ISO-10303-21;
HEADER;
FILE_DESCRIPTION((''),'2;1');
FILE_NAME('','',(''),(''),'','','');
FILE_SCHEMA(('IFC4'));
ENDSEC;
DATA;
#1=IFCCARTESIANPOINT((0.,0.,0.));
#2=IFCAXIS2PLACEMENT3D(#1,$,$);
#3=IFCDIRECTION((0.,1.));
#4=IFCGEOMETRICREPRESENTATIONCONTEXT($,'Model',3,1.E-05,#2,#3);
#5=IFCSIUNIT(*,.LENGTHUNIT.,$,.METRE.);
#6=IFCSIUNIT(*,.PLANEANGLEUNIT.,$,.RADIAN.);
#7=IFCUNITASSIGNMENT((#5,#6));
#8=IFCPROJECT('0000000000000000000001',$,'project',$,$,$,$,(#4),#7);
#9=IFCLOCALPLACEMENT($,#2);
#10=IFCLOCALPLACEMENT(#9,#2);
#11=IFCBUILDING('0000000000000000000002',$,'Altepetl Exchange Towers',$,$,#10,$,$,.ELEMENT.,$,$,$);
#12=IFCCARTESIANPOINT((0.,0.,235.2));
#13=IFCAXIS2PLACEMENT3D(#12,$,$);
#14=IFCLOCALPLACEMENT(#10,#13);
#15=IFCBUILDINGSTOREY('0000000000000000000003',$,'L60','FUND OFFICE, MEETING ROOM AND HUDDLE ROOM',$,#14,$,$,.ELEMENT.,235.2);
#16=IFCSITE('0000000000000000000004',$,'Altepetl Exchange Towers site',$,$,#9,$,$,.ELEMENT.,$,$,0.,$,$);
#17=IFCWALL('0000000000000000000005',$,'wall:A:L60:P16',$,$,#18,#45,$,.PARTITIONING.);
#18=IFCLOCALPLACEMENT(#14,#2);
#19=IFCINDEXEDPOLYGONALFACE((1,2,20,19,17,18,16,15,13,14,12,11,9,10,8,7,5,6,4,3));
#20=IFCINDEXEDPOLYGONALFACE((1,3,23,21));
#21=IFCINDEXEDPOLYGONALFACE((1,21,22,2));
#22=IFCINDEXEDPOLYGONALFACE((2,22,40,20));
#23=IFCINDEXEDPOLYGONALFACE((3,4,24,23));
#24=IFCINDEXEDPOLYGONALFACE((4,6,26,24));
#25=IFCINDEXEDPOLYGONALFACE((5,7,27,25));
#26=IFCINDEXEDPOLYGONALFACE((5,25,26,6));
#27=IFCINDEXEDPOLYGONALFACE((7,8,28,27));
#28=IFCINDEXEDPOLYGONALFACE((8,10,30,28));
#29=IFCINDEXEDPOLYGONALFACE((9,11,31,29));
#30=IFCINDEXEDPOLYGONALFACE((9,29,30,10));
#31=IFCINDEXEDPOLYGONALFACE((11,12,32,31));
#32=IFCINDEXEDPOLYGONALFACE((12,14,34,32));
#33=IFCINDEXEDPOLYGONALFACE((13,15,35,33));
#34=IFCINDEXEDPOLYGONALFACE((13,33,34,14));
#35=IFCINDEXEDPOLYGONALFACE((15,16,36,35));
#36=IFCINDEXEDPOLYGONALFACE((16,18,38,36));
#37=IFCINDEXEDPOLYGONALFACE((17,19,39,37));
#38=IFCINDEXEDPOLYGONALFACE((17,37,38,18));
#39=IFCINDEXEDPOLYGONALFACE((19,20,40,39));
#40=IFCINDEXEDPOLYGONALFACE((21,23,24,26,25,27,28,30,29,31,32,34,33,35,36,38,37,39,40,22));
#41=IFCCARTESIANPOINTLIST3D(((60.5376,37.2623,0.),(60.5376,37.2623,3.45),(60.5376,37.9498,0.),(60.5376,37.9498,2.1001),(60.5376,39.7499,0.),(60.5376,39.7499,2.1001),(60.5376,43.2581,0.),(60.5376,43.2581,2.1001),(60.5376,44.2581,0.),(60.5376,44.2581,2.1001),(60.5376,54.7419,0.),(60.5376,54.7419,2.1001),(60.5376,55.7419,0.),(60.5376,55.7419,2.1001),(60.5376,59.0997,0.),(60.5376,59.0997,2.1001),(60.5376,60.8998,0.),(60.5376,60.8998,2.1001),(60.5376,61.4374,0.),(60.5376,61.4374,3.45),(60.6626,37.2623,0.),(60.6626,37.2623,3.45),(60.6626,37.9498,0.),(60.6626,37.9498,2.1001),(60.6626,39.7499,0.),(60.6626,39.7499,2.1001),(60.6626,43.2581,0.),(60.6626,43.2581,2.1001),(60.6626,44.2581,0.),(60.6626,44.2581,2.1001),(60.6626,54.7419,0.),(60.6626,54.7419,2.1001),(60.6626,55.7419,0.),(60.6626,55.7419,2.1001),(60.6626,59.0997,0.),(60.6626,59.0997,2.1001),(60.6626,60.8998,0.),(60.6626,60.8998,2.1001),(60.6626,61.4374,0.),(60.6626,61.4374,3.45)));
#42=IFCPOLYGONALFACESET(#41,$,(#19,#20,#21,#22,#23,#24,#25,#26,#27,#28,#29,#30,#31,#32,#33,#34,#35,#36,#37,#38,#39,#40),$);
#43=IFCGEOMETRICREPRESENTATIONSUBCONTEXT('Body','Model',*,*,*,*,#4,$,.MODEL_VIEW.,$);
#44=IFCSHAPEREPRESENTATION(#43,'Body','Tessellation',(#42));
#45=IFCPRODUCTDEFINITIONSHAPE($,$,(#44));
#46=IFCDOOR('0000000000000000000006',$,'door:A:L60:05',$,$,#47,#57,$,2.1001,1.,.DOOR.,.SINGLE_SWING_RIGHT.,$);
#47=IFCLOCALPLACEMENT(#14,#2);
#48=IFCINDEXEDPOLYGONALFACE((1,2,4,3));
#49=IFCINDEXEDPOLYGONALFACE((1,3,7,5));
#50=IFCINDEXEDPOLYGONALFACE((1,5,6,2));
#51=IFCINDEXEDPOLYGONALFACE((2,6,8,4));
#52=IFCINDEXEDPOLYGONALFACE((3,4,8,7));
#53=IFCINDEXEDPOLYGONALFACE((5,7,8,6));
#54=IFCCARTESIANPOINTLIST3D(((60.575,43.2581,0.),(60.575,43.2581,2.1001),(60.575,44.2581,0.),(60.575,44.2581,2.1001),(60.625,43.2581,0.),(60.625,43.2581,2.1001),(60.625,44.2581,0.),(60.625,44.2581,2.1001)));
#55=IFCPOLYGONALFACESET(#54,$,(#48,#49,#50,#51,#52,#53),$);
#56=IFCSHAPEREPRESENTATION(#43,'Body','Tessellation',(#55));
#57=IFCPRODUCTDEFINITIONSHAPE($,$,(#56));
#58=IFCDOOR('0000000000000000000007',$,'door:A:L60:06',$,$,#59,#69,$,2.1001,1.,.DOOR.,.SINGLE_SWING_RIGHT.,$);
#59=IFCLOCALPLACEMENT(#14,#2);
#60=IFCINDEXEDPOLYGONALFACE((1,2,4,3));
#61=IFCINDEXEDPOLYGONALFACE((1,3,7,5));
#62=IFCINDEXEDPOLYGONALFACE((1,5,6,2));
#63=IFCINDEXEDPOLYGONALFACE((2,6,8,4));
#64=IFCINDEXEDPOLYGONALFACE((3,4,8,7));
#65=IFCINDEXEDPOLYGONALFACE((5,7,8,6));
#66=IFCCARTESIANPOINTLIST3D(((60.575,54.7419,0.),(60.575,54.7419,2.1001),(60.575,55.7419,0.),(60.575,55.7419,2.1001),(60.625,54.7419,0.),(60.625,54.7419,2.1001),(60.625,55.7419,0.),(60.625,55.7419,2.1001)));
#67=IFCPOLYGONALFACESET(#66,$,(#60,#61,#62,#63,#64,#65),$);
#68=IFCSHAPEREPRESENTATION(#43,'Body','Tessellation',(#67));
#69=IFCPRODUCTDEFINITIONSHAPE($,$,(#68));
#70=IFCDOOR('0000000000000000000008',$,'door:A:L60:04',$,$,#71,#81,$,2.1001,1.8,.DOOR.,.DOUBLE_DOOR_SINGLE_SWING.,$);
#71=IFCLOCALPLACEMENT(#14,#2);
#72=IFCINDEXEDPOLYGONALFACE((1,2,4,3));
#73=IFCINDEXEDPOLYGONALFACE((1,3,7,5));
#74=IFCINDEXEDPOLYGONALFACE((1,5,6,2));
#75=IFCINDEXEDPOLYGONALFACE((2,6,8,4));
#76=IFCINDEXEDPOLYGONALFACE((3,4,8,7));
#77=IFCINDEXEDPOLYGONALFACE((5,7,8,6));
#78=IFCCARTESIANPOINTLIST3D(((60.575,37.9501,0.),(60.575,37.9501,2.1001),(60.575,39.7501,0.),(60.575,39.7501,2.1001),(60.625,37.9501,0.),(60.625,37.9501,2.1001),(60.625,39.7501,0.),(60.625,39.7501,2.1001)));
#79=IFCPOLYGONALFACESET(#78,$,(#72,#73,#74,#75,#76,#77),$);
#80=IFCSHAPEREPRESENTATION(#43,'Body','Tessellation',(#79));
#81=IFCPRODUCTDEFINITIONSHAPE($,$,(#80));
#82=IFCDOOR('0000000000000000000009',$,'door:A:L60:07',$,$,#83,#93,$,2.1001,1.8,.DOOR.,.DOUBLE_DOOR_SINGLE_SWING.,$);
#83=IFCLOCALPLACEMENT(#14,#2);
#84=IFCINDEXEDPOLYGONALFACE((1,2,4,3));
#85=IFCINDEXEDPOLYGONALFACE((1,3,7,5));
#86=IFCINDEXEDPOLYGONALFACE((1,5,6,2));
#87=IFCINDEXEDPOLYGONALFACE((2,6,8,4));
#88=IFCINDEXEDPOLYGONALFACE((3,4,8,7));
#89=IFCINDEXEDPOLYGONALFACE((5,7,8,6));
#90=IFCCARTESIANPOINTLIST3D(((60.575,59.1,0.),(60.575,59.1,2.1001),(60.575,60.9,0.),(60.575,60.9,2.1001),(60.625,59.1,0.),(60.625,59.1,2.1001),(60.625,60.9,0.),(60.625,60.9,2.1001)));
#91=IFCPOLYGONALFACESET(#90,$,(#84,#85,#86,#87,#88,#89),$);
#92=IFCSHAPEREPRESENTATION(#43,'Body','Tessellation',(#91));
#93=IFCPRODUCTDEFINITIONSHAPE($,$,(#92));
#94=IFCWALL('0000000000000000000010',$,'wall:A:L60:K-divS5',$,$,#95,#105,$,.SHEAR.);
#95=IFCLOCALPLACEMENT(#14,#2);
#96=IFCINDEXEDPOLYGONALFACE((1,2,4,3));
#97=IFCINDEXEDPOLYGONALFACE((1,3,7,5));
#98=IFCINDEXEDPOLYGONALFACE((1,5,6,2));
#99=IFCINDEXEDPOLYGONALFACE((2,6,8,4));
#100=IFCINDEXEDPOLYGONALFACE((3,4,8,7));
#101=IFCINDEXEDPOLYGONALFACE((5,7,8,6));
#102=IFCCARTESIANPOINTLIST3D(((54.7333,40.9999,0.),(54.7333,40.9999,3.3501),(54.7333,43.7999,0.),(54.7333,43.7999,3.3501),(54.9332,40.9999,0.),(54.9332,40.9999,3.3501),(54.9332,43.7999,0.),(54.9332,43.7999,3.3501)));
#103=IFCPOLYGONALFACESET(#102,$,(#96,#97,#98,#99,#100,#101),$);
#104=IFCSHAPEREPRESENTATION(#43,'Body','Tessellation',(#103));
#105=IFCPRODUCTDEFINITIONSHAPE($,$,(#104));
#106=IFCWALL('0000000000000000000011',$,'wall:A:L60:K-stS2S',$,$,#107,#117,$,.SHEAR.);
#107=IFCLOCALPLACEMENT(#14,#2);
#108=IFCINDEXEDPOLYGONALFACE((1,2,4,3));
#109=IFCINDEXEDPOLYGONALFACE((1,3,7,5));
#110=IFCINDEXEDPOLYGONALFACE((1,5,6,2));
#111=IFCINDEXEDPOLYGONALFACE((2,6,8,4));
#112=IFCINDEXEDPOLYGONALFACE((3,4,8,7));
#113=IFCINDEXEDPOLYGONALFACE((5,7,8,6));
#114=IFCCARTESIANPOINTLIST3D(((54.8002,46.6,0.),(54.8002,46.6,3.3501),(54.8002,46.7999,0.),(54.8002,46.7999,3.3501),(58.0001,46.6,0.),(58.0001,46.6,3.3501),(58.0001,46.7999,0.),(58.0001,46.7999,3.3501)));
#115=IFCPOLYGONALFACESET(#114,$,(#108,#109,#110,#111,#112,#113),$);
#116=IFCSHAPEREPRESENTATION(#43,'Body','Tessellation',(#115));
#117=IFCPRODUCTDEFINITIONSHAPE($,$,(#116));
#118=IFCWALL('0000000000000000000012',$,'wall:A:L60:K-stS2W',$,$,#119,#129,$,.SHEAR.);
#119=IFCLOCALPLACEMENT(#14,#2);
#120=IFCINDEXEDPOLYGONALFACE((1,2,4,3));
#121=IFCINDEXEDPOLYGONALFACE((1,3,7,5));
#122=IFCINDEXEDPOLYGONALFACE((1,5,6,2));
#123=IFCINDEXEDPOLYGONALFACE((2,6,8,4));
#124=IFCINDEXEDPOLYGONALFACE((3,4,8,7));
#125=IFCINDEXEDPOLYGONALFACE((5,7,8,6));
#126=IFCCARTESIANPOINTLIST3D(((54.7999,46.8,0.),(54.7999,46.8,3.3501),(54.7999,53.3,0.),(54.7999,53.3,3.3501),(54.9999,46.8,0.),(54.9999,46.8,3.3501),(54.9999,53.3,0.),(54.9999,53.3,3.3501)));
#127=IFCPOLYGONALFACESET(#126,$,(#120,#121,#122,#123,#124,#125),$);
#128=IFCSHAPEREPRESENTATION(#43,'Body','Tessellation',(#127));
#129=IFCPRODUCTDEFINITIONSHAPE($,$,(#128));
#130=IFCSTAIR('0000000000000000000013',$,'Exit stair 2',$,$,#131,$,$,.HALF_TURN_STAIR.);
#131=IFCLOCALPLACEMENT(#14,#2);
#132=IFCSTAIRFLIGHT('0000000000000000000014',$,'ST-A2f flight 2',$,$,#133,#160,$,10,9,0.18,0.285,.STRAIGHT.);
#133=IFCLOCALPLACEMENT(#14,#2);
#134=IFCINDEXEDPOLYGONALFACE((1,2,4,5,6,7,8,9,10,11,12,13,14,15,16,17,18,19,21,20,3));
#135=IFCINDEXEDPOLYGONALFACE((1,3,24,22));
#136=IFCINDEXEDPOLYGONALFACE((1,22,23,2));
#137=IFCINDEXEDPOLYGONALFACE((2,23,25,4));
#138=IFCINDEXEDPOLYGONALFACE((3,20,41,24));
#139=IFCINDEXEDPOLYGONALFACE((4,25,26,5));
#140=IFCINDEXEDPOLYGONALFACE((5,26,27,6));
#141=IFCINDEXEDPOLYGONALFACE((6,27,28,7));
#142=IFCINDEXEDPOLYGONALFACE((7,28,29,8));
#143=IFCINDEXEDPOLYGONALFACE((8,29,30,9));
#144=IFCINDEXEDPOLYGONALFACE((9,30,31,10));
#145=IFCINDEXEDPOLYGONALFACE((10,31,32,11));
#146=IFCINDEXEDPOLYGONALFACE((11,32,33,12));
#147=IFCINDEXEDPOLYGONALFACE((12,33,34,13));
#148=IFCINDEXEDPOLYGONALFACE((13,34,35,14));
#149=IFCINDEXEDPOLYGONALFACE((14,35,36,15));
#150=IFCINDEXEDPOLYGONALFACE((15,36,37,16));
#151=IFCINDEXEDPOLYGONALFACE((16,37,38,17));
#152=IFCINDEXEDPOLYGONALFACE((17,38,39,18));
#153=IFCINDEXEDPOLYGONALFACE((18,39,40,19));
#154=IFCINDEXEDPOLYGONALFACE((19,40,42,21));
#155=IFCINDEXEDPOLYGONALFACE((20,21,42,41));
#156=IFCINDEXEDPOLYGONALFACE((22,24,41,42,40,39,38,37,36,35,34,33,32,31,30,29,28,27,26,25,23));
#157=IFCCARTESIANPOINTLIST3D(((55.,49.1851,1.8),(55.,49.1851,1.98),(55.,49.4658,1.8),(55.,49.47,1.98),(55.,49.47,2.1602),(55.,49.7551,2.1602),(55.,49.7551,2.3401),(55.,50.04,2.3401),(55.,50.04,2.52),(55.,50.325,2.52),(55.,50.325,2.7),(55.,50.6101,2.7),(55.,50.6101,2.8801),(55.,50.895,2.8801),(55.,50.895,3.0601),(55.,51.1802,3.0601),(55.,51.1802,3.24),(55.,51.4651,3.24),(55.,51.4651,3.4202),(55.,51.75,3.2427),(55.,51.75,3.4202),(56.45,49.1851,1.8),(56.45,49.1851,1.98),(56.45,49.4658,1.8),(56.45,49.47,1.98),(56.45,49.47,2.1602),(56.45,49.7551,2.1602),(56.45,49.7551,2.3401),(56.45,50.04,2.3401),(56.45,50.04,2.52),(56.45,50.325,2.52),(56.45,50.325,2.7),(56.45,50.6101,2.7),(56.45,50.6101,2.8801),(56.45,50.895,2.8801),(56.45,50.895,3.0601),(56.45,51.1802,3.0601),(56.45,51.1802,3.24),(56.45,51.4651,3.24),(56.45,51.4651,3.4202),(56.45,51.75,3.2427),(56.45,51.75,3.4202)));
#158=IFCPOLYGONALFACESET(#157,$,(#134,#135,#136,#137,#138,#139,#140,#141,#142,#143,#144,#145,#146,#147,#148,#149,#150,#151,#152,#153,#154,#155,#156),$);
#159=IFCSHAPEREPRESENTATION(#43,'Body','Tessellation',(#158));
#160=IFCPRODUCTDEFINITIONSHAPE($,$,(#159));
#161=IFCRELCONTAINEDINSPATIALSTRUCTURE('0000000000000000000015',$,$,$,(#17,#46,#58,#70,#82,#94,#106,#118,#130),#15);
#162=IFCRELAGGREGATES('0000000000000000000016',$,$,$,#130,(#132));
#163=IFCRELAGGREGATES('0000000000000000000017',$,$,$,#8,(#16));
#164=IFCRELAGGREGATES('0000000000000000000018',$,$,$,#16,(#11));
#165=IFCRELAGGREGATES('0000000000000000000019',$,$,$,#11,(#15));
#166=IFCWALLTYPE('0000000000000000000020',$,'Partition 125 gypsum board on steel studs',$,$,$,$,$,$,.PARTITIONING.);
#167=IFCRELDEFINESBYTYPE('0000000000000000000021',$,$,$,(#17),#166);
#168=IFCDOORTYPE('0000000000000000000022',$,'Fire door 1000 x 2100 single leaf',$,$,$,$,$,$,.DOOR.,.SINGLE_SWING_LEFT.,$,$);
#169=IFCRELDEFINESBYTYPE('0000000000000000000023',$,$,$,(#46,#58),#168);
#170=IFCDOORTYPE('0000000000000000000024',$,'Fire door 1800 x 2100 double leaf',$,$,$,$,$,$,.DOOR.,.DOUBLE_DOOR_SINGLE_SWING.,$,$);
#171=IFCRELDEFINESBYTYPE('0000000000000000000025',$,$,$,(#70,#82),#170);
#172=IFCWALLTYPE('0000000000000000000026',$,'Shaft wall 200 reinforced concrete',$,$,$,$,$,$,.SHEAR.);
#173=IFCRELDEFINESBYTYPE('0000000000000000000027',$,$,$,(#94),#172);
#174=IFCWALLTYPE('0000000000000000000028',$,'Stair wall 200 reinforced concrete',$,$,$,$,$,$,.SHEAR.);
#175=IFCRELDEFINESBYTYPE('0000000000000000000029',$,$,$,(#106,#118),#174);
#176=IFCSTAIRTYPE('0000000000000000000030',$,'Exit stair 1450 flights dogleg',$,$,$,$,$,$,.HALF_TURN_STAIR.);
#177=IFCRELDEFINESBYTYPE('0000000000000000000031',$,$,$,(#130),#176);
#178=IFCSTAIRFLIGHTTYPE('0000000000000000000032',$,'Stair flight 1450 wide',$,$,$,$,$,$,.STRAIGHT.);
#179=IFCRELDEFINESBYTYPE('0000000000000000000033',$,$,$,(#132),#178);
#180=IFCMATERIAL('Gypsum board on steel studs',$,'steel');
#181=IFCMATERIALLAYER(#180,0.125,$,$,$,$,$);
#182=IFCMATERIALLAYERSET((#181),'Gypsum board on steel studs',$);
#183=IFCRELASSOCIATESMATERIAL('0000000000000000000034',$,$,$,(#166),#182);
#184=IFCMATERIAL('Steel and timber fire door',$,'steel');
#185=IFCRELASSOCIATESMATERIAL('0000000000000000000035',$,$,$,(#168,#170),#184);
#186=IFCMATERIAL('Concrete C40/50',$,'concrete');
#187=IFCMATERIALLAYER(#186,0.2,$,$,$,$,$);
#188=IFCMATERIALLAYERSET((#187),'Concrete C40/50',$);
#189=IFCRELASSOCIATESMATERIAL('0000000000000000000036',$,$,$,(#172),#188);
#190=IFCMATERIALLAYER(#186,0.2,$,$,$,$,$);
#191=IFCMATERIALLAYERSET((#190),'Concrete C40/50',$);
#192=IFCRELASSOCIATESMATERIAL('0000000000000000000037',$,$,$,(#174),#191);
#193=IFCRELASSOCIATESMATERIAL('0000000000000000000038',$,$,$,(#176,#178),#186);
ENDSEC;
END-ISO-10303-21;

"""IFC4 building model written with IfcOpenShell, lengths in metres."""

from ifc_helpers import new_model, si_unit, direction, frame, frame_2d, origin, place, context, subcontext, project, spatial, polyline, rectangle, outline, extrude, material, layer, layer_set, type_object, element, fill, aggregate, save


model = new_model("IFC4")

# Units and contexts
model_context = context("Model", 3, precision=1e-05, world=origin(), true_north=direction((0.0, 1.0)))
body_context = subcontext(model_context, "Body", "Model", "MODEL_VIEW")
ifc_project = project(units=[si_unit("LENGTHUNIT", "METRE"), si_unit("PLANEANGLEUNIT", "RADIAN")], contexts=[model_context])

# Site, building, storey
site_placement = place(None, origin())
site = spatial("IfcSite", under=ifc_project, at=site_placement, Name="Altepetl Exchange Towers site", CompositionType="ELEMENT", RefElevation=0.0)
building_placement = place(site_placement, origin())
building = spatial("IfcBuilding", under=site, at=building_placement, Name="Altepetl Exchange Towers", CompositionType="ELEMENT")
storey_placement = place(building_placement, frame((0.0, 0.0, 235.2)))
storey = spatial("IfcBuildingStorey", under=building, at=storey_placement, Name="L60", Description="FUND OFFICE, MEETING ROOM AND HUDDLE ROOM", CompositionType="ELEMENT", Elevation=235.2)

# Shared definitions
ifc_material_1 = material(Name="Steel and timber fire door", Category="steel")

# Shared definitions
ifc_material_2 = material(Name="Gypsum board on steel studs", Category="steel")
ifc_layer_1 = layer(ifc_material_2, 0.125)
ifc_layer_set_1 = layer_set([ifc_layer_1], Name="Gypsum board on steel studs")
wall_type_1 = type_object("IfcWallType", Name="Partition 125 gypsum board on steel studs", PredefinedType="PARTITIONING", material=ifc_layer_set_1)

# Wall, openings, doors
wall_1_placement = place(storey_placement, frame((60.6001, 37.2625, 0.0), z_axis=(0.0, 0.0, 1.0), x_axis=(0.0, 1.0, 0.0)))
wall_1 = element("IfcWall", 1, at=wall_1_placement, inside=storey, type_object=wall_type_1, Name="wall:A:L60:P16", PredefinedType="PARTITIONING", context=body_context, shape_type="SweptSolid", body=[
    extrude(rectangle(XDim=24.175, YDim=0.125, at=frame_2d((12.0874, 0.0))), origin(), (0.0, 0.0, 1.0), 3.45),
])
opening_1_placement = place(wall_1_placement, frame((0.6875, 0.0, 0.0)))
opening_1 = element("IfcOpeningElement", 2, at=opening_1_placement, cuts=wall_1, PredefinedType="OPENING", context=body_context, shape_type="SweptSolid", body=[
    extrude(rectangle(XDim=1.8, YDim=2.1001, at=frame_2d((0.8999, 1.05))), frame((0.0, 0.0725, 0.0), z_axis=(0.0, -1.0, 0.0), x_axis=(1.0, 0.0, 0.0)), (0.0, 0.0, 1.0), 0.145),
])
opening_2_placement = place(wall_1_placement, frame((5.9956, 0.0, 0.0)))
opening_2 = element("IfcOpeningElement", 3, at=opening_2_placement, cuts=wall_1, PredefinedType="OPENING", context=body_context, shape_type="SweptSolid", body=[
    extrude(rectangle(XDim=1.0, YDim=2.1001, at=frame_2d((0.5, 1.05))), frame((0.0, 0.0725, 0.0), z_axis=(0.0, -1.0, 0.0), x_axis=(1.0, 0.0, 0.0)), (0.0, 0.0, 1.0), 0.145),
])
opening_3_placement = place(wall_1_placement, frame((17.4795, 0.0, 0.0)))
opening_3 = element("IfcOpeningElement", 4, at=opening_3_placement, cuts=wall_1, PredefinedType="OPENING", context=body_context, shape_type="SweptSolid", body=[
    extrude(rectangle(XDim=1.0, YDim=2.1001, at=frame_2d((0.5, 1.05))), frame((0.0, 0.0725, 0.0), z_axis=(0.0, -1.0, 0.0), x_axis=(1.0, 0.0, 0.0)), (0.0, 0.0, 1.0), 0.145),
])
opening_4_placement = place(wall_1_placement, frame((21.8374, 0.0, 0.0)))
opening_4 = element("IfcOpeningElement", 5, at=opening_4_placement, cuts=wall_1, PredefinedType="OPENING", context=body_context, shape_type="SweptSolid", body=[
    extrude(rectangle(XDim=1.8, YDim=2.1001, at=frame_2d((0.8999, 1.05))), frame((0.0, 0.0725, 0.0), z_axis=(0.0, -1.0, 0.0), x_axis=(1.0, 0.0, 0.0)), (0.0, 0.0, 1.0), 0.145),
])
door_type_1 = type_object("IfcDoorType", Name="Fire door 1000 x 2100 single leaf", OperationType="SINGLE_SWING_LEFT", PredefinedType="DOOR", material=ifc_material_1)
door_1_placement = place(opening_2_placement, frame((1.0, 0.0, 0.0), x_axis=(-1.0, 0.0, 0.0)))
door_1 = element("IfcDoor", 6, at=door_1_placement, inside=storey, type_object=door_type_1, Name="door:A:L60:05", OperationType="SINGLE_SWING_RIGHT", OverallHeight=2.1001, OverallWidth=1.0, PredefinedType="DOOR", context=body_context, shape_type="SweptSolid", body=[
    extrude(rectangle(XDim=1.0, YDim=2.1001, at=frame_2d((0.5, 1.05))), frame((0.0, 0.0249, 0.0), z_axis=(0.0, -1.0, 0.0), x_axis=(1.0, 0.0, 0.0)), (0.0, 0.0, 1.0), 0.05),
])
fill(opening_2, door_1)
door_2_placement = place(opening_3_placement, frame((1.0, 0.0, 0.0), x_axis=(-1.0, 0.0, 0.0)))
door_2 = element("IfcDoor", 7, at=door_2_placement, inside=storey, type_object=door_type_1, Name="door:A:L60:06", OperationType="SINGLE_SWING_RIGHT", OverallHeight=2.1001, OverallWidth=1.0, PredefinedType="DOOR", context=body_context, shape_type="SweptSolid", body=[
    extrude(rectangle(XDim=1.0, YDim=2.1001, at=frame_2d((0.5, 1.05))), frame((0.0, 0.0249, 0.0), z_axis=(0.0, -1.0, 0.0), x_axis=(1.0, 0.0, 0.0)), (0.0, 0.0, 1.0), 0.05),
])
fill(opening_3, door_2)
door_type_2 = type_object("IfcDoorType", Name="Fire door 1800 x 2100 double leaf", OperationType="DOUBLE_DOOR_SINGLE_SWING", PredefinedType="DOOR", material=ifc_material_1)
door_3_placement = place(opening_1_placement, frame((1.8, 0.0, 0.0), x_axis=(-1.0, 0.0, 0.0)))
door_3 = element("IfcDoor", 8, at=door_3_placement, inside=storey, type_object=door_type_2, Name="door:A:L60:04", OperationType="DOUBLE_DOOR_SINGLE_SWING", OverallHeight=2.1001, OverallWidth=1.8, PredefinedType="DOOR", context=body_context, shape_type="SweptSolid", body=[
    extrude(rectangle(XDim=1.8, YDim=2.1001, at=frame_2d((0.8999, 1.05))), frame((0.0, 0.0249, 0.0), z_axis=(0.0, -1.0, 0.0), x_axis=(1.0, 0.0, 0.0)), (0.0, 0.0, 1.0), 0.05),
])
fill(opening_1, door_3)
door_4_placement = place(opening_4_placement, frame((1.8, 0.0, 0.0), x_axis=(-1.0, 0.0, 0.0)))
door_4 = element("IfcDoor", 9, at=door_4_placement, inside=storey, type_object=door_type_2, Name="door:A:L60:07", OperationType="DOUBLE_DOOR_SINGLE_SWING", OverallHeight=2.1001, OverallWidth=1.8, PredefinedType="DOOR", context=body_context, shape_type="SweptSolid", body=[
    extrude(rectangle(XDim=1.8, YDim=2.1001, at=frame_2d((0.8999, 1.05))), frame((0.0, 0.0249, 0.0), z_axis=(0.0, -1.0, 0.0), x_axis=(1.0, 0.0, 0.0)), (0.0, 0.0, 1.0), 0.05),
])
fill(opening_4, door_4)

# Walls
ifc_material_3 = material(Name="Concrete C40/50", Category="concrete")
ifc_layer_2 = layer(ifc_material_3, 0.2)
ifc_layer_set_2 = layer_set([ifc_layer_2], Name="Concrete C40/50")
wall_type_2 = type_object("IfcWallType", Name="Shaft wall 200 reinforced concrete", PredefinedType="SHEAR", material=ifc_layer_set_2)
wall_2_placement = place(storey_placement, frame((54.8333, 41.0, 0.0), z_axis=(0.0, 0.0, 1.0), x_axis=(0.0, 1.0, 0.0)))
element("IfcWall", 10, at=wall_2_placement, inside=storey, type_object=wall_type_2, Name="wall:A:L60:K-divS5", PredefinedType="SHEAR", context=body_context, shape_type="SweptSolid", body=[
    extrude(rectangle(XDim=2.8, YDim=0.2, at=frame_2d((1.3999, 0.0))), origin(), (0.0, 0.0, 1.0), 3.3501),
])
ifc_layer_3 = layer(ifc_material_3, 0.2)
ifc_layer_set_3 = layer_set([ifc_layer_3], Name="Concrete C40/50")
wall_type_3 = type_object("IfcWallType", Name="Stair wall 200 reinforced concrete", PredefinedType="SHEAR", material=ifc_layer_set_3)
wall_3_placement = place(storey_placement, frame((54.8, 46.7, 0.0)))
element("IfcWall", 11, at=wall_3_placement, inside=storey, type_object=wall_type_3, Name="wall:A:L60:K-stS2S", PredefinedType="SHEAR", context=body_context, shape_type="SweptSolid", body=[
    extrude(rectangle(XDim=3.2, YDim=0.2, at=frame_2d((1.6001, 0.0))), origin(), (0.0, 0.0, 1.0), 3.3501),
])
wall_4_placement = place(storey_placement, frame((54.8999, 46.8, 0.0), z_axis=(0.0, 0.0, 1.0), x_axis=(0.0, 1.0, 0.0)))
element("IfcWall", 12, at=wall_4_placement, inside=storey, type_object=wall_type_3, Name="wall:A:L60:K-stS2W", PredefinedType="SHEAR", context=body_context, shape_type="SweptSolid", body=[
    extrude(rectangle(XDim=6.5, YDim=0.2, at=frame_2d((3.25, 0.0))), origin(), (0.0, 0.0, 1.0), 3.3501),
])

# Stair, stair flight
stair_type = type_object("IfcStairType", Name="Exit stair 1450 flights dogleg", PredefinedType="HALF_TURN_STAIR", material=ifc_material_3)
stair_placement = place(storey_placement, origin())
stair = element("IfcStair", 13, at=stair_placement, inside=storey, type_object=stair_type, Name="Exit stair 2", PredefinedType="HALF_TURN_STAIR")
stair_flight_type = type_object("IfcStairFlightType", Name="Stair flight 1450 wide", PredefinedType="STRAIGHT", material=ifc_material_3)
stair_flight_placement = place(storey_placement, frame((55.7251, 49.1851, 1.8), z_axis=(0.0, 0.0, 1.0), x_axis=(0.0, 1.0, 0.0)))
stair_flight = element("IfcStairFlight", 14, at=stair_flight_placement, type_object=stair_flight_type, Name="ST-A2f flight 2", NumberOfRisers=10, NumberOfTreads=9, PredefinedType="STRAIGHT", RiserHeight=0.18, TreadLength=0.285, context=body_context, shape_type="SweptSolid", body=[
    extrude(outline(polyline([(0.0, 0.0), (0.0, 0.1799), (0.2849, 0.1799), (0.2849, 0.3601), (0.5701, 0.3601), (0.5701, 0.54), (0.855, 0.54), (0.855, 0.72), (1.1399, 0.72), (1.1399, 0.8999), (1.425, 0.8999), (1.425, 1.0801), (1.71, 1.0801), (1.71, 1.26), (1.9951, 1.26), (1.9951, 1.4399), (2.28, 1.4399), (2.28, 1.6201), (2.5649, 1.6201), (2.5649, 1.8), (2.5649, 1.4426), (0.2808, 0.0), (0.0, 0.0)])), frame((0.0, 0.7251, 0.0), z_axis=(0.0, -1.0, 0.0), x_axis=(1.0, 0.0, 0.0)), (0.0, 0.0, 1.0), 1.45),
])
aggregate(stair, [stair_flight])

save(model, "model.ifc")
